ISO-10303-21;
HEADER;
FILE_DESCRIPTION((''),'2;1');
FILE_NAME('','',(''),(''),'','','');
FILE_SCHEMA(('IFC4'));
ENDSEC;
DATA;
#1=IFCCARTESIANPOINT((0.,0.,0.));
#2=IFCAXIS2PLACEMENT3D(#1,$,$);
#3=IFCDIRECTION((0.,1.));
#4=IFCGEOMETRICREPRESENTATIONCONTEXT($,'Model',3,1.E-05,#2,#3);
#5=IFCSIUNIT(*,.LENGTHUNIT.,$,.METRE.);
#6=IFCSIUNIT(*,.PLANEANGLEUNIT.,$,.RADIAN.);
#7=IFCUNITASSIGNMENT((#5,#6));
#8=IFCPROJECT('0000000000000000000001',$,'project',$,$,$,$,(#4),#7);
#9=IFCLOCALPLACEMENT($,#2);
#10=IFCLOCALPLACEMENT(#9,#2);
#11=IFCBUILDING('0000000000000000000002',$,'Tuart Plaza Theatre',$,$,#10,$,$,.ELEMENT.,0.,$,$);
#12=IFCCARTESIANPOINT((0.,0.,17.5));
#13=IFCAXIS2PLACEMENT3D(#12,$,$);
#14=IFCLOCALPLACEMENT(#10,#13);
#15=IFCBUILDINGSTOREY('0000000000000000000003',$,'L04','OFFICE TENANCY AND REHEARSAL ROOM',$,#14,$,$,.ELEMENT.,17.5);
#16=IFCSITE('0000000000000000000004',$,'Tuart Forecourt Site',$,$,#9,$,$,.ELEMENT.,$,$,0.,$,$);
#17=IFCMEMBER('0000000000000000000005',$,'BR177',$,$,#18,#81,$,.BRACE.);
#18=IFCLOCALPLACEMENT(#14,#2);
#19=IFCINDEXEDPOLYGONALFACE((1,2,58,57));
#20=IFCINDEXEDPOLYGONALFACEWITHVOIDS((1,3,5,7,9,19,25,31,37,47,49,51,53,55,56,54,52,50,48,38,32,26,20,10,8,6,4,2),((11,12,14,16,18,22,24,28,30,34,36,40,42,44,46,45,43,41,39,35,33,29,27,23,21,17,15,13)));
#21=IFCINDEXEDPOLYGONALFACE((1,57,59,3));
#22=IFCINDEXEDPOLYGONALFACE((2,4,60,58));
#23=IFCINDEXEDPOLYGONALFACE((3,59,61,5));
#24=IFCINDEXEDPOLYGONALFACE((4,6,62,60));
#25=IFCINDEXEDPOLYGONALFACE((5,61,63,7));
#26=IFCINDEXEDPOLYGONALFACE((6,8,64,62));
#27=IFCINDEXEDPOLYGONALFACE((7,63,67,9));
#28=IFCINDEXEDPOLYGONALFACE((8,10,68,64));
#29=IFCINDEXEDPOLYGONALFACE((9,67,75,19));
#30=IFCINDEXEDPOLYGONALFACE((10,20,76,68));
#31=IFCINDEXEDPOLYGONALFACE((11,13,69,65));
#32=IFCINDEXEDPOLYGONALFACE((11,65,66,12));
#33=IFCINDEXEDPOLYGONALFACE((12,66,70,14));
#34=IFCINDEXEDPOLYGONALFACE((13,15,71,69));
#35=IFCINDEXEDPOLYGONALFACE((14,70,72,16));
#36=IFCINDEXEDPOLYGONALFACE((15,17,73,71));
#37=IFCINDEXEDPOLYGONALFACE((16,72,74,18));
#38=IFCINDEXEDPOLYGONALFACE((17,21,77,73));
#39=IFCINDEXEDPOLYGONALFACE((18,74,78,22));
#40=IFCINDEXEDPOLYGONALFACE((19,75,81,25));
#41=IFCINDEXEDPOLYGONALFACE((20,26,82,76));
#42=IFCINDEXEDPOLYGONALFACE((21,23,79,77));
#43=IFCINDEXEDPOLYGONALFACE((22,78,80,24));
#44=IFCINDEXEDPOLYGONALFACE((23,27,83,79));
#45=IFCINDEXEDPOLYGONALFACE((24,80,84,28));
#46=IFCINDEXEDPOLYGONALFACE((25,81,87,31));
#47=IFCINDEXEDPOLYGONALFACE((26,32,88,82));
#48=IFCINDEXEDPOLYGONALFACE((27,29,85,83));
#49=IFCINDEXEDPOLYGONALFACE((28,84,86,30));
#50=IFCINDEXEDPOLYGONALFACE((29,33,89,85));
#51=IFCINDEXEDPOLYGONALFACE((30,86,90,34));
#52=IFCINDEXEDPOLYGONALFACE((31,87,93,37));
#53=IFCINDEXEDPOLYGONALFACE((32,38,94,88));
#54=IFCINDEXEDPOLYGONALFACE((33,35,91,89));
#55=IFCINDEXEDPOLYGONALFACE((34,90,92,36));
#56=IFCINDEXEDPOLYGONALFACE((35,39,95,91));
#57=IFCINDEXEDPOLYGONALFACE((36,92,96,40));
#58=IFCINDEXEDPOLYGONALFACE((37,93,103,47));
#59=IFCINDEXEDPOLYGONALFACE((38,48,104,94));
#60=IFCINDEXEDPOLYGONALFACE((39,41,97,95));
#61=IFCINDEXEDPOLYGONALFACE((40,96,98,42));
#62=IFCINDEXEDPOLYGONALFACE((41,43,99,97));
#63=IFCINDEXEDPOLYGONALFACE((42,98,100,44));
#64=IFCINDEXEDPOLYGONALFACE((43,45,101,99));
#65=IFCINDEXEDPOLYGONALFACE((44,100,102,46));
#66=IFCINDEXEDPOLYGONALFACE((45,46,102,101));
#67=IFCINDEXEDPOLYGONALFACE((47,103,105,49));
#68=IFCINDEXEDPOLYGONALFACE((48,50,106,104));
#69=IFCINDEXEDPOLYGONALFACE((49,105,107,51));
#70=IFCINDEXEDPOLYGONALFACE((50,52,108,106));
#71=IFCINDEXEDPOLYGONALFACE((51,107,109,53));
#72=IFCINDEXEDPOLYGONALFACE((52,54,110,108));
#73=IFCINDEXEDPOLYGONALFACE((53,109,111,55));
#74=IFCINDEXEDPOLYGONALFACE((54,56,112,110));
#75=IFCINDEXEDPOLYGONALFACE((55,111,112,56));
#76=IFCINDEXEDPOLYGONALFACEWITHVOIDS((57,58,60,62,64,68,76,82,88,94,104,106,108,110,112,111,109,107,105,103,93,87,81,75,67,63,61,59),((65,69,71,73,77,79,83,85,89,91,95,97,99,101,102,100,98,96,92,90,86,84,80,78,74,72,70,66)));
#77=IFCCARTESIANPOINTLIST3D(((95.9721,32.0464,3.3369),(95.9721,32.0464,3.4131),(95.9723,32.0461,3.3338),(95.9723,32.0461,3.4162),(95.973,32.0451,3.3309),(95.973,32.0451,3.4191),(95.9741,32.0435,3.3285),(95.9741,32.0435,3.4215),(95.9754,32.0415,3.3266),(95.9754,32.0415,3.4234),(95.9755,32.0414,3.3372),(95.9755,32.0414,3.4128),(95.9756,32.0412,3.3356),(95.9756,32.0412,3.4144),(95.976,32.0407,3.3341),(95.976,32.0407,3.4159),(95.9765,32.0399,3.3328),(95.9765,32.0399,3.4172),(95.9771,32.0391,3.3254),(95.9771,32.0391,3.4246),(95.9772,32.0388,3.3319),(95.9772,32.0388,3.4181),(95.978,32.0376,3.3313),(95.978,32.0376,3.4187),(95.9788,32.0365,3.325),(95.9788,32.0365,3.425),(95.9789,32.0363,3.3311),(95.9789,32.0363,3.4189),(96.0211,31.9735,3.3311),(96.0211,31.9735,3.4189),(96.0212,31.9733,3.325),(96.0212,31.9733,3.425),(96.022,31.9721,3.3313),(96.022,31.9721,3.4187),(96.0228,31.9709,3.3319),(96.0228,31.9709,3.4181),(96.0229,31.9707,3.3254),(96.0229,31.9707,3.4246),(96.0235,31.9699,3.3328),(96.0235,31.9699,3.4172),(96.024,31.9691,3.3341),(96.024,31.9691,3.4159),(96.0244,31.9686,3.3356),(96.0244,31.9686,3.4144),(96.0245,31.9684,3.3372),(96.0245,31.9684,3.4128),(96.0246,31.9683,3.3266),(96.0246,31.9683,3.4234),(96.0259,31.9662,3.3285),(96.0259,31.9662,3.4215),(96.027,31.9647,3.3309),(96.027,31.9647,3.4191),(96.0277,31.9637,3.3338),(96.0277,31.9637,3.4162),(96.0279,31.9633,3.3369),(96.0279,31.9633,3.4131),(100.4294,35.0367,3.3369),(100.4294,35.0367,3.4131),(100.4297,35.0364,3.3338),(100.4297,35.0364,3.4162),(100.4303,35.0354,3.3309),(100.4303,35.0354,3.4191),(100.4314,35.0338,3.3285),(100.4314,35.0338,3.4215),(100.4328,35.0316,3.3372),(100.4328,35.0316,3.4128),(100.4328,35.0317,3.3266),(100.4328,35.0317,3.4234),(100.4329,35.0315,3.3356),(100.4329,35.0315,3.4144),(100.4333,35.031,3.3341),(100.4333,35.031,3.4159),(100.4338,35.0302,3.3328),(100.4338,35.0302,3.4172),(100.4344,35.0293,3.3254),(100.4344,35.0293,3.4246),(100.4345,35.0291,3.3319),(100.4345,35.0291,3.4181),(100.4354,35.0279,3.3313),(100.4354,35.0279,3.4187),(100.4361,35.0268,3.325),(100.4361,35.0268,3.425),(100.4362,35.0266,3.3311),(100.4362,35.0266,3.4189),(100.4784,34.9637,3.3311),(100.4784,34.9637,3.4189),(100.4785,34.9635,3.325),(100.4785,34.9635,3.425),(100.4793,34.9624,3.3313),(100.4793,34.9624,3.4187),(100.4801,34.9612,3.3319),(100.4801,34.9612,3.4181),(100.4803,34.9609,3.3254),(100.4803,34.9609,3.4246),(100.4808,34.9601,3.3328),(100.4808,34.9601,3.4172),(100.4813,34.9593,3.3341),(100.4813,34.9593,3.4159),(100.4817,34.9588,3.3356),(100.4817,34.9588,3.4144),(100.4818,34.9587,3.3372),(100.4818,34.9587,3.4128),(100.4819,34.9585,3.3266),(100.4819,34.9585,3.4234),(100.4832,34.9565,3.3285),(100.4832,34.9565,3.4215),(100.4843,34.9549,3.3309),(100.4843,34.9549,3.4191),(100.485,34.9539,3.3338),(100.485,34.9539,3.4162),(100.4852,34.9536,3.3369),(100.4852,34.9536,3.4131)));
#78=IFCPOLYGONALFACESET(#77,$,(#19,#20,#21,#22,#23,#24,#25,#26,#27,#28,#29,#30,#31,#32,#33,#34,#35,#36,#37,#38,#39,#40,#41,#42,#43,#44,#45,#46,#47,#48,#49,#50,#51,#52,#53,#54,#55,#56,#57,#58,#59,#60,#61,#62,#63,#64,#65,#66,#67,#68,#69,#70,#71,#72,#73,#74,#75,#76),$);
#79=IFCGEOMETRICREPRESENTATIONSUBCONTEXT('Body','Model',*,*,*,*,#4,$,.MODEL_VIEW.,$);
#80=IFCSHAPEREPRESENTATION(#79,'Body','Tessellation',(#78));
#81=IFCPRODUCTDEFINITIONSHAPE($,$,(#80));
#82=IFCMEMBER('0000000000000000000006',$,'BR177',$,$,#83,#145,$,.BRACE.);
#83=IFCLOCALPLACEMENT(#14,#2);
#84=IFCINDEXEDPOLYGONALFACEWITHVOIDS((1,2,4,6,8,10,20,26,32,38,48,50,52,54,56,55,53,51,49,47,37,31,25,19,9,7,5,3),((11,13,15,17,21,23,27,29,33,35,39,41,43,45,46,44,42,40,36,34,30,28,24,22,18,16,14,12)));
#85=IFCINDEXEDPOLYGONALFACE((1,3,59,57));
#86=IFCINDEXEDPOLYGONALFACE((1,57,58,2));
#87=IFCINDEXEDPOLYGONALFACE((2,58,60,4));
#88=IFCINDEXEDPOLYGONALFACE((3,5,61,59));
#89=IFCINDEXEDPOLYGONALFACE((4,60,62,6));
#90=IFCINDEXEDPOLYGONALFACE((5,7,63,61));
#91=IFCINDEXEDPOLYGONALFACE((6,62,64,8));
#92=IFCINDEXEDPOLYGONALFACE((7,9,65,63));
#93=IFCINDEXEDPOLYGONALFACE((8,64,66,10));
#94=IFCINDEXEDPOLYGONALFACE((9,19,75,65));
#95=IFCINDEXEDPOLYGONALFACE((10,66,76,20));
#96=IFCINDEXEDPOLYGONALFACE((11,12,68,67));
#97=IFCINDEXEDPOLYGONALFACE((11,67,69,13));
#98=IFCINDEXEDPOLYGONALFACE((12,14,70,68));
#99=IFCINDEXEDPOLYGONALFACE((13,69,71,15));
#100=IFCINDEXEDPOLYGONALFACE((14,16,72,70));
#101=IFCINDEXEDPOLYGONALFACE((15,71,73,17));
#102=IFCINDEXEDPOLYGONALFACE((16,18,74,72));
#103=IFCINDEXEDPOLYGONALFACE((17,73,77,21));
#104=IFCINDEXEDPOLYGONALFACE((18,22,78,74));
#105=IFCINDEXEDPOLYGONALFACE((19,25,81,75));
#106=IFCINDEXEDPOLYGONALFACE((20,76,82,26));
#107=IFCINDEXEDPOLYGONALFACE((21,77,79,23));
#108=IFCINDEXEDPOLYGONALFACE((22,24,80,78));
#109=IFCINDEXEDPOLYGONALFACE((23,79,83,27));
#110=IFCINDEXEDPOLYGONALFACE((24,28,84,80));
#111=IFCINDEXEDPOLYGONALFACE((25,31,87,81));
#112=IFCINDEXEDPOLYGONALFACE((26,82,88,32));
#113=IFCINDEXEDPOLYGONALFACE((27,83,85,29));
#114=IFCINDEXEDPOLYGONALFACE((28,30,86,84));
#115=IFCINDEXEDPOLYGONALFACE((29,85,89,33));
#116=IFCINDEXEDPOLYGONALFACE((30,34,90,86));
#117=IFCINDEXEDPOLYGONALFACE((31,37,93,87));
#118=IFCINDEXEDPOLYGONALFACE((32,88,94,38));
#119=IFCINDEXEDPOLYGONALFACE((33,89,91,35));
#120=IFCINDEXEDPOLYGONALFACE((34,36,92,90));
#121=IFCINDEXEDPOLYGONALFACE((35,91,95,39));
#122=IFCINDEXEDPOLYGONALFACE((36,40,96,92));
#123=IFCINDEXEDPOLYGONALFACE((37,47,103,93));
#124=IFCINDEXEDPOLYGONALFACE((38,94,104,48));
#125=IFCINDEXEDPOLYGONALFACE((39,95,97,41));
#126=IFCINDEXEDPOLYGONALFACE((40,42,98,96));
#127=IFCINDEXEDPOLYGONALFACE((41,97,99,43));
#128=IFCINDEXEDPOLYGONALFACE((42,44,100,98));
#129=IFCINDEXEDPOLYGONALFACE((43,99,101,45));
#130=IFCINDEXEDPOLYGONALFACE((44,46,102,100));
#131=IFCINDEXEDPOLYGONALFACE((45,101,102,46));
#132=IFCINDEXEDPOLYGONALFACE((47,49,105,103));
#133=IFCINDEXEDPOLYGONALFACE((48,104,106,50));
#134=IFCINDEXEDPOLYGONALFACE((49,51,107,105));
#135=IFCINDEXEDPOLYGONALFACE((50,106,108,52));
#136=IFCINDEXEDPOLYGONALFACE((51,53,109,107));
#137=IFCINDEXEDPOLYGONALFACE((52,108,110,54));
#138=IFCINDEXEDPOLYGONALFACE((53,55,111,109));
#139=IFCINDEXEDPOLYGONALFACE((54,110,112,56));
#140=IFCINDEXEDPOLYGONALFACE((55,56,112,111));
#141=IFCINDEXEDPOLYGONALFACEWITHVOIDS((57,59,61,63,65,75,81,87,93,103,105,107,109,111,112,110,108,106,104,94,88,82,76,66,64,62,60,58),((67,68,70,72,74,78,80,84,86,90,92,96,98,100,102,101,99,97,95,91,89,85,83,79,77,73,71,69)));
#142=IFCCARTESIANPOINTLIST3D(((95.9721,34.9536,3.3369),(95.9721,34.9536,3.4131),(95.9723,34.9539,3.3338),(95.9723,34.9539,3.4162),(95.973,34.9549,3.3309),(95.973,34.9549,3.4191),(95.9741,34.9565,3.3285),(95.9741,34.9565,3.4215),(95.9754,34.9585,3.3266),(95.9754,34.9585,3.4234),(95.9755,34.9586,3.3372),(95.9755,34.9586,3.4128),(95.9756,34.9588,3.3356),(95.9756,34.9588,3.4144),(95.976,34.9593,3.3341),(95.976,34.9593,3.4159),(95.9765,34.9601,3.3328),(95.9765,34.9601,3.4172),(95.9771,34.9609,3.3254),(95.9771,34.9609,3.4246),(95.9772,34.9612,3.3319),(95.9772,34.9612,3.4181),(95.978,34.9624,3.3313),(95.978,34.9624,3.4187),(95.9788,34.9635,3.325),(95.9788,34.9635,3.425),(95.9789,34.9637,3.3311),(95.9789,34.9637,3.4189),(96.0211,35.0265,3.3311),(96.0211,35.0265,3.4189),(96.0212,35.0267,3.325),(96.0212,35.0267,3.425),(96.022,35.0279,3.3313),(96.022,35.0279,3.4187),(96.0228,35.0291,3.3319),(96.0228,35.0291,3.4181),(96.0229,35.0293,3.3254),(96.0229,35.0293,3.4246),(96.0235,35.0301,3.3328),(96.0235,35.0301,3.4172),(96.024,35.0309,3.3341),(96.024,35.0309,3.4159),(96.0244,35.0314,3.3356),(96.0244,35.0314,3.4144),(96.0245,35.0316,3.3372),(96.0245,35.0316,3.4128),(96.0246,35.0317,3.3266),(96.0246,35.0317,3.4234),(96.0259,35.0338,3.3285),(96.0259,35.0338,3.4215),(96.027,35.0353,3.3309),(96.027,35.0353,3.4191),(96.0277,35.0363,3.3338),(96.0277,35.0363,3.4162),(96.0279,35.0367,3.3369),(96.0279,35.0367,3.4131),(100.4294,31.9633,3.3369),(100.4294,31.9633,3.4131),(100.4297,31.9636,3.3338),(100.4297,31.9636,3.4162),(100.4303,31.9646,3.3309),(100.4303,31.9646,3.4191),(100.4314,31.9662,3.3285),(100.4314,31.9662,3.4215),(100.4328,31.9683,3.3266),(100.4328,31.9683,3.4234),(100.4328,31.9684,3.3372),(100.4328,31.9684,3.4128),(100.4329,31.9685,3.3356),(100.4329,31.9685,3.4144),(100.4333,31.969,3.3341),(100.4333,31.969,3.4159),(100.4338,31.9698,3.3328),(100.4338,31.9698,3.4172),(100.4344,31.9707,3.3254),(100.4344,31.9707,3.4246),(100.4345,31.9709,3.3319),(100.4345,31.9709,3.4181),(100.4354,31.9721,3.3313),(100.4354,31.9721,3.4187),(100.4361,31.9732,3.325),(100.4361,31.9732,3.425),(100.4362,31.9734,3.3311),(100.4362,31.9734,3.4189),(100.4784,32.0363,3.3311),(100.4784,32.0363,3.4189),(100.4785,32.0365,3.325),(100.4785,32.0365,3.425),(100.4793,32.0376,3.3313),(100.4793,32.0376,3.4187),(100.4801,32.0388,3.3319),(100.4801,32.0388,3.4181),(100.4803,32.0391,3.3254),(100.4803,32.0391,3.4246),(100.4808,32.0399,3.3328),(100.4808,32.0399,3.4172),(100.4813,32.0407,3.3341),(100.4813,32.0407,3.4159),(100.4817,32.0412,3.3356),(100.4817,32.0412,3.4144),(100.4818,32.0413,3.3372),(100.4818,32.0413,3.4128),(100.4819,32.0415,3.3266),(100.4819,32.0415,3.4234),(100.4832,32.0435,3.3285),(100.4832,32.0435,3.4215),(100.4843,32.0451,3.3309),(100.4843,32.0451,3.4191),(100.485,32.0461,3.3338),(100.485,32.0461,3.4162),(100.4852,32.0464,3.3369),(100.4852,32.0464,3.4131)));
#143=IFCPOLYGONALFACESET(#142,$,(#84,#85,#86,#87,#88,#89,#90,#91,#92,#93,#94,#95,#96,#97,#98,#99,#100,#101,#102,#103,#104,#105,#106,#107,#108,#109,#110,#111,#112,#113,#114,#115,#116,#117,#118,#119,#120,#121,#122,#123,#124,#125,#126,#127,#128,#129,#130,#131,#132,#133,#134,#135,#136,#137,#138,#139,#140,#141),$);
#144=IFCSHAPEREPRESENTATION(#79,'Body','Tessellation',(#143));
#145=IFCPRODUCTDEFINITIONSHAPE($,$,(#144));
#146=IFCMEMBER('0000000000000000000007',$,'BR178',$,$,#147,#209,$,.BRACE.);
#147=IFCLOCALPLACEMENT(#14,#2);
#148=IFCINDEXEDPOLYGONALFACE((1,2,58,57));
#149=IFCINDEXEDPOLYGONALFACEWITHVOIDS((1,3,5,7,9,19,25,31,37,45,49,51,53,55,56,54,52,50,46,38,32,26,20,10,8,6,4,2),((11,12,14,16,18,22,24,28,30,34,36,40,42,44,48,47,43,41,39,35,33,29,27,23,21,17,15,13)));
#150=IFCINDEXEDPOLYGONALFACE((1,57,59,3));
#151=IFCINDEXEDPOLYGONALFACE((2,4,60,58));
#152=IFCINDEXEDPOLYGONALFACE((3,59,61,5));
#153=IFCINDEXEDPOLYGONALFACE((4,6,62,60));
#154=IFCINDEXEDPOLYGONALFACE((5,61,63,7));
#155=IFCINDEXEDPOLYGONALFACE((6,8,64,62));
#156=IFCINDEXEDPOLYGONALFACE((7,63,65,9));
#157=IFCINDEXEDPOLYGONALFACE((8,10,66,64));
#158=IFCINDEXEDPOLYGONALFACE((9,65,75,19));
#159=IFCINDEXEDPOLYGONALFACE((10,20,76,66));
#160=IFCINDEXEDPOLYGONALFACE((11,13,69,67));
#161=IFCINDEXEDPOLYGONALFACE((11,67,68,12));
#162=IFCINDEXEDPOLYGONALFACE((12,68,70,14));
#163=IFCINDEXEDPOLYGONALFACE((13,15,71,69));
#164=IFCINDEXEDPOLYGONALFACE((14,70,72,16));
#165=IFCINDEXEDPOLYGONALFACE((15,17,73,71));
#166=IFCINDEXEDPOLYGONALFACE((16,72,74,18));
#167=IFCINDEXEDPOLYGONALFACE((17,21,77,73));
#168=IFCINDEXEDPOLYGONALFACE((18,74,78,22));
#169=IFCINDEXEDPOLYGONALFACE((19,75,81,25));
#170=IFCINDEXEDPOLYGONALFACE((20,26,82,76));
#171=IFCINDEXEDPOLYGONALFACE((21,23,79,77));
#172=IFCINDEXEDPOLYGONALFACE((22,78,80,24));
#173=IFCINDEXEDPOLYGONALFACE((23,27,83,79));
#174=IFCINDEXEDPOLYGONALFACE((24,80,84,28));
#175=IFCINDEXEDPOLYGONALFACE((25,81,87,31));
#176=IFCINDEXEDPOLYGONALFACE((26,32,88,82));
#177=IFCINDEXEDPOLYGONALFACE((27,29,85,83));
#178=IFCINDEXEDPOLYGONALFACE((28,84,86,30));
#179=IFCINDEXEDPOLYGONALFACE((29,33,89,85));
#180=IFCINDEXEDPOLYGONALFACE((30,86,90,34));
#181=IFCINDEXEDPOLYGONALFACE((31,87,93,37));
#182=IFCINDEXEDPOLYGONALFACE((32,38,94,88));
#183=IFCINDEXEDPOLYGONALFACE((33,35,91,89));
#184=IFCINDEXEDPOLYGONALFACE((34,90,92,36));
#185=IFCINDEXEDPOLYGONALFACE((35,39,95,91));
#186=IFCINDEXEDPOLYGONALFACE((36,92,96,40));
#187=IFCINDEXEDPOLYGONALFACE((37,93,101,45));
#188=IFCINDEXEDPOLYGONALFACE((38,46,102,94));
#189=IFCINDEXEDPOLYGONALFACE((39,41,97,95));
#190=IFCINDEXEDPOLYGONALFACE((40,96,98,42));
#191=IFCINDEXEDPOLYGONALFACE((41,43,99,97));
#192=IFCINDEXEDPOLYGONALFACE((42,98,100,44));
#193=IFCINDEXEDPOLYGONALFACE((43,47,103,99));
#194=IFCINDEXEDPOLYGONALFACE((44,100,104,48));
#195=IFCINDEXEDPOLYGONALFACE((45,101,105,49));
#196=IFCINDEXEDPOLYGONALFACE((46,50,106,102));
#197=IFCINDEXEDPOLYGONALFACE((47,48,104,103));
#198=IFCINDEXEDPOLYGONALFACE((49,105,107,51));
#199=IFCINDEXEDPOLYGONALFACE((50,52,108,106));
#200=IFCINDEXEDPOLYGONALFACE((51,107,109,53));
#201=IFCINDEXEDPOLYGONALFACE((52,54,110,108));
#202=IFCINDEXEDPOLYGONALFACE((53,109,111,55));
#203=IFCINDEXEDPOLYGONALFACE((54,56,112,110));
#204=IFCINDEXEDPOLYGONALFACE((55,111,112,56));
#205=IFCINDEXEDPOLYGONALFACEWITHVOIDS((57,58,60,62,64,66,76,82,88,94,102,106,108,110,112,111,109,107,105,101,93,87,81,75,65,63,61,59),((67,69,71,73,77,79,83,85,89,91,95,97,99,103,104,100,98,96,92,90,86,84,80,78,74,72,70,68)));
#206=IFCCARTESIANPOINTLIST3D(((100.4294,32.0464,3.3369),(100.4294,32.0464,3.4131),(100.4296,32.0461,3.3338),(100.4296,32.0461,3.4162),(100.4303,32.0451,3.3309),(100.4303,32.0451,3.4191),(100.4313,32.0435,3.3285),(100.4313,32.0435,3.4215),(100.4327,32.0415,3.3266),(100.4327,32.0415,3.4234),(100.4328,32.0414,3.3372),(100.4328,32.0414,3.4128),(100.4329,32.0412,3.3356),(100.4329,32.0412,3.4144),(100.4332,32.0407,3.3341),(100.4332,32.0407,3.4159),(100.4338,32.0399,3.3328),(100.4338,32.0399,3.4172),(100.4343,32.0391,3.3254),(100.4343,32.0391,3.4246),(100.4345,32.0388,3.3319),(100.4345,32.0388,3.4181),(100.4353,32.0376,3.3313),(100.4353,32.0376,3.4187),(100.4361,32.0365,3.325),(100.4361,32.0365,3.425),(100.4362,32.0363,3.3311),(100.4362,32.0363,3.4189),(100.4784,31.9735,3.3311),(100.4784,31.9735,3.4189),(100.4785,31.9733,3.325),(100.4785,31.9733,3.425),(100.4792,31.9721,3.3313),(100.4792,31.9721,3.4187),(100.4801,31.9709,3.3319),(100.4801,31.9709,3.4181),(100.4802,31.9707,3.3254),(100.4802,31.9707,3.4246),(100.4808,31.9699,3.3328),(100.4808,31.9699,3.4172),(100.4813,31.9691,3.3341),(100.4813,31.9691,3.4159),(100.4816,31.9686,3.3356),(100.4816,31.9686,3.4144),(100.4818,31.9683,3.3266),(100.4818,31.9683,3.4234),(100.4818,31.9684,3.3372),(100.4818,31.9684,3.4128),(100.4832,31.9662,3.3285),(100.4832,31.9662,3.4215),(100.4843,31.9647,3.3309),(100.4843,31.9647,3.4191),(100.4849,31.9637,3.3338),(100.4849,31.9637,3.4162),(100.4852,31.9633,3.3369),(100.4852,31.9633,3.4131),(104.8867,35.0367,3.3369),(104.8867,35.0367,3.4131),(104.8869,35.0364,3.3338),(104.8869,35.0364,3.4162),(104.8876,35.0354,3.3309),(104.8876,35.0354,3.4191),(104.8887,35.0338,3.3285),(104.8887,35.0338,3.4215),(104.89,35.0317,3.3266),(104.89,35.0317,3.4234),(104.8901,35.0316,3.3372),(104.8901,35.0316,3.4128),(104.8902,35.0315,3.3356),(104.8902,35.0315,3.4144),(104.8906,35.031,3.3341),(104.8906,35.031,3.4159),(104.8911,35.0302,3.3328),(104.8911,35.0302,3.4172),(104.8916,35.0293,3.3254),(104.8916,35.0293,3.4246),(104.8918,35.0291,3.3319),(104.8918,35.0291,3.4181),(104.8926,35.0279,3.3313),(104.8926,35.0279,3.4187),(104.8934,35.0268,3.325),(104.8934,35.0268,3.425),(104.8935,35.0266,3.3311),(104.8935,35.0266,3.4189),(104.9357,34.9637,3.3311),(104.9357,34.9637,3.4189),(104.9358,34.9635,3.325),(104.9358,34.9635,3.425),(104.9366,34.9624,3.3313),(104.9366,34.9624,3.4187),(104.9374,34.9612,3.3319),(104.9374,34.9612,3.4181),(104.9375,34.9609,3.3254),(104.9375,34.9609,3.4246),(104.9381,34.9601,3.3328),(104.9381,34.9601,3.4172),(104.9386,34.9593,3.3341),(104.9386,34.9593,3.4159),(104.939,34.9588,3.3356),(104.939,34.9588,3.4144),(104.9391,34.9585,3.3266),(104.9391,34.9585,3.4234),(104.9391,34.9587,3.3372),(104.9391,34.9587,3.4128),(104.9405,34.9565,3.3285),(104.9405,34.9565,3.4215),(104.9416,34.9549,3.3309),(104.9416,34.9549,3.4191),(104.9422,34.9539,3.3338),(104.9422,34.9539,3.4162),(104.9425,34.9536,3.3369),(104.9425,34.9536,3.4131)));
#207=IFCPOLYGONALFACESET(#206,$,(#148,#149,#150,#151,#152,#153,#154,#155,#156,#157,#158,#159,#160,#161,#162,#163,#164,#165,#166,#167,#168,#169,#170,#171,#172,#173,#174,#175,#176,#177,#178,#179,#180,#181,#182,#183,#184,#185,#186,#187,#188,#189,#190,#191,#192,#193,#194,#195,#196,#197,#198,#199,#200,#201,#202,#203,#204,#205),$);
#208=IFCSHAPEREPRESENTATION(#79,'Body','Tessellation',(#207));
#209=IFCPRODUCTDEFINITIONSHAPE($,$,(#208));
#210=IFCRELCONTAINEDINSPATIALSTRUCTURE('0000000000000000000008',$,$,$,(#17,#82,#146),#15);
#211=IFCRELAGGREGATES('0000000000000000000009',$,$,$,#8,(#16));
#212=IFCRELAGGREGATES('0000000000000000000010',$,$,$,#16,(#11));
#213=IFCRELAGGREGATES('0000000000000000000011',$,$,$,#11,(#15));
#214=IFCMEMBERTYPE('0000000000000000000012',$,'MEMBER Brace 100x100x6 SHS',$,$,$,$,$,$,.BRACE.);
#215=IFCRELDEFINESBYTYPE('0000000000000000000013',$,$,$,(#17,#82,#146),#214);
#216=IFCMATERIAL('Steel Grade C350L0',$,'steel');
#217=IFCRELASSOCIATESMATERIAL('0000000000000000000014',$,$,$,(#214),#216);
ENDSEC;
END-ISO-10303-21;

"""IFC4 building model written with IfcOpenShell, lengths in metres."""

from ifc_helpers import new_model, si_unit, direction, frame, origin, origin_2d, place, context, subcontext, project, spatial, hollow_rectangle, extrude, material, material_profile, profile_set, type_object, element, save


model = new_model("IFC4")

# Units and contexts
model_context = context("Model", 3, precision=1e-05, world=origin(), true_north=direction((0.0, 1.0)))
body_context = subcontext(model_context, "Body", "Model", "MODEL_VIEW")
ifc_project = project(units=[si_unit("LENGTHUNIT", "METRE"), si_unit("PLANEANGLEUNIT", "RADIAN")], contexts=[model_context])

# Site, building, storey
site_placement = place(None, origin())
site = spatial("IfcSite", under=ifc_project, at=site_placement, Name="Tuart Forecourt Site", CompositionType="ELEMENT", RefElevation=0.0)
building_placement = place(site_placement, origin())
building = spatial("IfcBuilding", under=site, at=building_placement, Name="Tuart Plaza Theatre", CompositionType="ELEMENT", ElevationOfRefHeight=0.0)
storey_placement = place(building_placement, frame((0.0, 0.0, 17.5)))
storey = spatial("IfcBuildingStorey", under=building, at=storey_placement, Name="L04", Description="OFFICE TENANCY AND REHEARSAL ROOM", CompositionType="ELEMENT", Elevation=17.5)

# Members
ifc_material_1 = material(Name="Steel Grade C350L0", Category="steel")
ifc_material_profile_1 = material_profile(ifc_material_1, hollow_rectangle(XDim=0.1001, YDim=0.1001, WallThickness=0.0061, InnerFilletRadius=0.0061, OuterFilletRadius=0.012, at=origin_2d()), Name="100x100x6 SHS")
ifc_profile_set_1 = profile_set([ifc_material_profile_1], Name="Steel Grade C350L0")
member_type_1 = type_object("IfcMemberType", Name="MEMBER Brace 100x100x6 SHS", PredefinedType="BRACE", material=ifc_profile_set_1)
for number, where, z_axis, x_axis, name in (
    (1, (96.0, 32.0049, 3.375), (0.830437, 0.557112, 0.0), (-0.557112, 0.830437, 0.0), "BR177"),
    (2, (96.0, 34.9951, 3.375), (0.830437, -0.557112, 0.0), (0.557112, 0.830437, 0.0), "BR177"),
    (3, (100.4573, 32.0049, 3.375), (0.830437, 0.557112, 0.0), (-0.557112, 0.830437, 0.0), "BR178"),
):
    element("IfcMember", number, at=place(storey_placement, frame(where, z_axis=z_axis, x_axis=x_axis)), inside=storey, type_object=member_type_1, Name=name, PredefinedType="BRACE", context=body_context, shape_type="SweptSolid", body=[
        extrude(hollow_rectangle(XDim=0.1001, YDim=0.1001, WallThickness=0.0061, InnerFilletRadius=0.0061, OuterFilletRadius=0.012, at=origin_2d()), origin(), (0.0, 0.0, 1.0), 5.3674),
    ])

save(model, "model.ifc")
